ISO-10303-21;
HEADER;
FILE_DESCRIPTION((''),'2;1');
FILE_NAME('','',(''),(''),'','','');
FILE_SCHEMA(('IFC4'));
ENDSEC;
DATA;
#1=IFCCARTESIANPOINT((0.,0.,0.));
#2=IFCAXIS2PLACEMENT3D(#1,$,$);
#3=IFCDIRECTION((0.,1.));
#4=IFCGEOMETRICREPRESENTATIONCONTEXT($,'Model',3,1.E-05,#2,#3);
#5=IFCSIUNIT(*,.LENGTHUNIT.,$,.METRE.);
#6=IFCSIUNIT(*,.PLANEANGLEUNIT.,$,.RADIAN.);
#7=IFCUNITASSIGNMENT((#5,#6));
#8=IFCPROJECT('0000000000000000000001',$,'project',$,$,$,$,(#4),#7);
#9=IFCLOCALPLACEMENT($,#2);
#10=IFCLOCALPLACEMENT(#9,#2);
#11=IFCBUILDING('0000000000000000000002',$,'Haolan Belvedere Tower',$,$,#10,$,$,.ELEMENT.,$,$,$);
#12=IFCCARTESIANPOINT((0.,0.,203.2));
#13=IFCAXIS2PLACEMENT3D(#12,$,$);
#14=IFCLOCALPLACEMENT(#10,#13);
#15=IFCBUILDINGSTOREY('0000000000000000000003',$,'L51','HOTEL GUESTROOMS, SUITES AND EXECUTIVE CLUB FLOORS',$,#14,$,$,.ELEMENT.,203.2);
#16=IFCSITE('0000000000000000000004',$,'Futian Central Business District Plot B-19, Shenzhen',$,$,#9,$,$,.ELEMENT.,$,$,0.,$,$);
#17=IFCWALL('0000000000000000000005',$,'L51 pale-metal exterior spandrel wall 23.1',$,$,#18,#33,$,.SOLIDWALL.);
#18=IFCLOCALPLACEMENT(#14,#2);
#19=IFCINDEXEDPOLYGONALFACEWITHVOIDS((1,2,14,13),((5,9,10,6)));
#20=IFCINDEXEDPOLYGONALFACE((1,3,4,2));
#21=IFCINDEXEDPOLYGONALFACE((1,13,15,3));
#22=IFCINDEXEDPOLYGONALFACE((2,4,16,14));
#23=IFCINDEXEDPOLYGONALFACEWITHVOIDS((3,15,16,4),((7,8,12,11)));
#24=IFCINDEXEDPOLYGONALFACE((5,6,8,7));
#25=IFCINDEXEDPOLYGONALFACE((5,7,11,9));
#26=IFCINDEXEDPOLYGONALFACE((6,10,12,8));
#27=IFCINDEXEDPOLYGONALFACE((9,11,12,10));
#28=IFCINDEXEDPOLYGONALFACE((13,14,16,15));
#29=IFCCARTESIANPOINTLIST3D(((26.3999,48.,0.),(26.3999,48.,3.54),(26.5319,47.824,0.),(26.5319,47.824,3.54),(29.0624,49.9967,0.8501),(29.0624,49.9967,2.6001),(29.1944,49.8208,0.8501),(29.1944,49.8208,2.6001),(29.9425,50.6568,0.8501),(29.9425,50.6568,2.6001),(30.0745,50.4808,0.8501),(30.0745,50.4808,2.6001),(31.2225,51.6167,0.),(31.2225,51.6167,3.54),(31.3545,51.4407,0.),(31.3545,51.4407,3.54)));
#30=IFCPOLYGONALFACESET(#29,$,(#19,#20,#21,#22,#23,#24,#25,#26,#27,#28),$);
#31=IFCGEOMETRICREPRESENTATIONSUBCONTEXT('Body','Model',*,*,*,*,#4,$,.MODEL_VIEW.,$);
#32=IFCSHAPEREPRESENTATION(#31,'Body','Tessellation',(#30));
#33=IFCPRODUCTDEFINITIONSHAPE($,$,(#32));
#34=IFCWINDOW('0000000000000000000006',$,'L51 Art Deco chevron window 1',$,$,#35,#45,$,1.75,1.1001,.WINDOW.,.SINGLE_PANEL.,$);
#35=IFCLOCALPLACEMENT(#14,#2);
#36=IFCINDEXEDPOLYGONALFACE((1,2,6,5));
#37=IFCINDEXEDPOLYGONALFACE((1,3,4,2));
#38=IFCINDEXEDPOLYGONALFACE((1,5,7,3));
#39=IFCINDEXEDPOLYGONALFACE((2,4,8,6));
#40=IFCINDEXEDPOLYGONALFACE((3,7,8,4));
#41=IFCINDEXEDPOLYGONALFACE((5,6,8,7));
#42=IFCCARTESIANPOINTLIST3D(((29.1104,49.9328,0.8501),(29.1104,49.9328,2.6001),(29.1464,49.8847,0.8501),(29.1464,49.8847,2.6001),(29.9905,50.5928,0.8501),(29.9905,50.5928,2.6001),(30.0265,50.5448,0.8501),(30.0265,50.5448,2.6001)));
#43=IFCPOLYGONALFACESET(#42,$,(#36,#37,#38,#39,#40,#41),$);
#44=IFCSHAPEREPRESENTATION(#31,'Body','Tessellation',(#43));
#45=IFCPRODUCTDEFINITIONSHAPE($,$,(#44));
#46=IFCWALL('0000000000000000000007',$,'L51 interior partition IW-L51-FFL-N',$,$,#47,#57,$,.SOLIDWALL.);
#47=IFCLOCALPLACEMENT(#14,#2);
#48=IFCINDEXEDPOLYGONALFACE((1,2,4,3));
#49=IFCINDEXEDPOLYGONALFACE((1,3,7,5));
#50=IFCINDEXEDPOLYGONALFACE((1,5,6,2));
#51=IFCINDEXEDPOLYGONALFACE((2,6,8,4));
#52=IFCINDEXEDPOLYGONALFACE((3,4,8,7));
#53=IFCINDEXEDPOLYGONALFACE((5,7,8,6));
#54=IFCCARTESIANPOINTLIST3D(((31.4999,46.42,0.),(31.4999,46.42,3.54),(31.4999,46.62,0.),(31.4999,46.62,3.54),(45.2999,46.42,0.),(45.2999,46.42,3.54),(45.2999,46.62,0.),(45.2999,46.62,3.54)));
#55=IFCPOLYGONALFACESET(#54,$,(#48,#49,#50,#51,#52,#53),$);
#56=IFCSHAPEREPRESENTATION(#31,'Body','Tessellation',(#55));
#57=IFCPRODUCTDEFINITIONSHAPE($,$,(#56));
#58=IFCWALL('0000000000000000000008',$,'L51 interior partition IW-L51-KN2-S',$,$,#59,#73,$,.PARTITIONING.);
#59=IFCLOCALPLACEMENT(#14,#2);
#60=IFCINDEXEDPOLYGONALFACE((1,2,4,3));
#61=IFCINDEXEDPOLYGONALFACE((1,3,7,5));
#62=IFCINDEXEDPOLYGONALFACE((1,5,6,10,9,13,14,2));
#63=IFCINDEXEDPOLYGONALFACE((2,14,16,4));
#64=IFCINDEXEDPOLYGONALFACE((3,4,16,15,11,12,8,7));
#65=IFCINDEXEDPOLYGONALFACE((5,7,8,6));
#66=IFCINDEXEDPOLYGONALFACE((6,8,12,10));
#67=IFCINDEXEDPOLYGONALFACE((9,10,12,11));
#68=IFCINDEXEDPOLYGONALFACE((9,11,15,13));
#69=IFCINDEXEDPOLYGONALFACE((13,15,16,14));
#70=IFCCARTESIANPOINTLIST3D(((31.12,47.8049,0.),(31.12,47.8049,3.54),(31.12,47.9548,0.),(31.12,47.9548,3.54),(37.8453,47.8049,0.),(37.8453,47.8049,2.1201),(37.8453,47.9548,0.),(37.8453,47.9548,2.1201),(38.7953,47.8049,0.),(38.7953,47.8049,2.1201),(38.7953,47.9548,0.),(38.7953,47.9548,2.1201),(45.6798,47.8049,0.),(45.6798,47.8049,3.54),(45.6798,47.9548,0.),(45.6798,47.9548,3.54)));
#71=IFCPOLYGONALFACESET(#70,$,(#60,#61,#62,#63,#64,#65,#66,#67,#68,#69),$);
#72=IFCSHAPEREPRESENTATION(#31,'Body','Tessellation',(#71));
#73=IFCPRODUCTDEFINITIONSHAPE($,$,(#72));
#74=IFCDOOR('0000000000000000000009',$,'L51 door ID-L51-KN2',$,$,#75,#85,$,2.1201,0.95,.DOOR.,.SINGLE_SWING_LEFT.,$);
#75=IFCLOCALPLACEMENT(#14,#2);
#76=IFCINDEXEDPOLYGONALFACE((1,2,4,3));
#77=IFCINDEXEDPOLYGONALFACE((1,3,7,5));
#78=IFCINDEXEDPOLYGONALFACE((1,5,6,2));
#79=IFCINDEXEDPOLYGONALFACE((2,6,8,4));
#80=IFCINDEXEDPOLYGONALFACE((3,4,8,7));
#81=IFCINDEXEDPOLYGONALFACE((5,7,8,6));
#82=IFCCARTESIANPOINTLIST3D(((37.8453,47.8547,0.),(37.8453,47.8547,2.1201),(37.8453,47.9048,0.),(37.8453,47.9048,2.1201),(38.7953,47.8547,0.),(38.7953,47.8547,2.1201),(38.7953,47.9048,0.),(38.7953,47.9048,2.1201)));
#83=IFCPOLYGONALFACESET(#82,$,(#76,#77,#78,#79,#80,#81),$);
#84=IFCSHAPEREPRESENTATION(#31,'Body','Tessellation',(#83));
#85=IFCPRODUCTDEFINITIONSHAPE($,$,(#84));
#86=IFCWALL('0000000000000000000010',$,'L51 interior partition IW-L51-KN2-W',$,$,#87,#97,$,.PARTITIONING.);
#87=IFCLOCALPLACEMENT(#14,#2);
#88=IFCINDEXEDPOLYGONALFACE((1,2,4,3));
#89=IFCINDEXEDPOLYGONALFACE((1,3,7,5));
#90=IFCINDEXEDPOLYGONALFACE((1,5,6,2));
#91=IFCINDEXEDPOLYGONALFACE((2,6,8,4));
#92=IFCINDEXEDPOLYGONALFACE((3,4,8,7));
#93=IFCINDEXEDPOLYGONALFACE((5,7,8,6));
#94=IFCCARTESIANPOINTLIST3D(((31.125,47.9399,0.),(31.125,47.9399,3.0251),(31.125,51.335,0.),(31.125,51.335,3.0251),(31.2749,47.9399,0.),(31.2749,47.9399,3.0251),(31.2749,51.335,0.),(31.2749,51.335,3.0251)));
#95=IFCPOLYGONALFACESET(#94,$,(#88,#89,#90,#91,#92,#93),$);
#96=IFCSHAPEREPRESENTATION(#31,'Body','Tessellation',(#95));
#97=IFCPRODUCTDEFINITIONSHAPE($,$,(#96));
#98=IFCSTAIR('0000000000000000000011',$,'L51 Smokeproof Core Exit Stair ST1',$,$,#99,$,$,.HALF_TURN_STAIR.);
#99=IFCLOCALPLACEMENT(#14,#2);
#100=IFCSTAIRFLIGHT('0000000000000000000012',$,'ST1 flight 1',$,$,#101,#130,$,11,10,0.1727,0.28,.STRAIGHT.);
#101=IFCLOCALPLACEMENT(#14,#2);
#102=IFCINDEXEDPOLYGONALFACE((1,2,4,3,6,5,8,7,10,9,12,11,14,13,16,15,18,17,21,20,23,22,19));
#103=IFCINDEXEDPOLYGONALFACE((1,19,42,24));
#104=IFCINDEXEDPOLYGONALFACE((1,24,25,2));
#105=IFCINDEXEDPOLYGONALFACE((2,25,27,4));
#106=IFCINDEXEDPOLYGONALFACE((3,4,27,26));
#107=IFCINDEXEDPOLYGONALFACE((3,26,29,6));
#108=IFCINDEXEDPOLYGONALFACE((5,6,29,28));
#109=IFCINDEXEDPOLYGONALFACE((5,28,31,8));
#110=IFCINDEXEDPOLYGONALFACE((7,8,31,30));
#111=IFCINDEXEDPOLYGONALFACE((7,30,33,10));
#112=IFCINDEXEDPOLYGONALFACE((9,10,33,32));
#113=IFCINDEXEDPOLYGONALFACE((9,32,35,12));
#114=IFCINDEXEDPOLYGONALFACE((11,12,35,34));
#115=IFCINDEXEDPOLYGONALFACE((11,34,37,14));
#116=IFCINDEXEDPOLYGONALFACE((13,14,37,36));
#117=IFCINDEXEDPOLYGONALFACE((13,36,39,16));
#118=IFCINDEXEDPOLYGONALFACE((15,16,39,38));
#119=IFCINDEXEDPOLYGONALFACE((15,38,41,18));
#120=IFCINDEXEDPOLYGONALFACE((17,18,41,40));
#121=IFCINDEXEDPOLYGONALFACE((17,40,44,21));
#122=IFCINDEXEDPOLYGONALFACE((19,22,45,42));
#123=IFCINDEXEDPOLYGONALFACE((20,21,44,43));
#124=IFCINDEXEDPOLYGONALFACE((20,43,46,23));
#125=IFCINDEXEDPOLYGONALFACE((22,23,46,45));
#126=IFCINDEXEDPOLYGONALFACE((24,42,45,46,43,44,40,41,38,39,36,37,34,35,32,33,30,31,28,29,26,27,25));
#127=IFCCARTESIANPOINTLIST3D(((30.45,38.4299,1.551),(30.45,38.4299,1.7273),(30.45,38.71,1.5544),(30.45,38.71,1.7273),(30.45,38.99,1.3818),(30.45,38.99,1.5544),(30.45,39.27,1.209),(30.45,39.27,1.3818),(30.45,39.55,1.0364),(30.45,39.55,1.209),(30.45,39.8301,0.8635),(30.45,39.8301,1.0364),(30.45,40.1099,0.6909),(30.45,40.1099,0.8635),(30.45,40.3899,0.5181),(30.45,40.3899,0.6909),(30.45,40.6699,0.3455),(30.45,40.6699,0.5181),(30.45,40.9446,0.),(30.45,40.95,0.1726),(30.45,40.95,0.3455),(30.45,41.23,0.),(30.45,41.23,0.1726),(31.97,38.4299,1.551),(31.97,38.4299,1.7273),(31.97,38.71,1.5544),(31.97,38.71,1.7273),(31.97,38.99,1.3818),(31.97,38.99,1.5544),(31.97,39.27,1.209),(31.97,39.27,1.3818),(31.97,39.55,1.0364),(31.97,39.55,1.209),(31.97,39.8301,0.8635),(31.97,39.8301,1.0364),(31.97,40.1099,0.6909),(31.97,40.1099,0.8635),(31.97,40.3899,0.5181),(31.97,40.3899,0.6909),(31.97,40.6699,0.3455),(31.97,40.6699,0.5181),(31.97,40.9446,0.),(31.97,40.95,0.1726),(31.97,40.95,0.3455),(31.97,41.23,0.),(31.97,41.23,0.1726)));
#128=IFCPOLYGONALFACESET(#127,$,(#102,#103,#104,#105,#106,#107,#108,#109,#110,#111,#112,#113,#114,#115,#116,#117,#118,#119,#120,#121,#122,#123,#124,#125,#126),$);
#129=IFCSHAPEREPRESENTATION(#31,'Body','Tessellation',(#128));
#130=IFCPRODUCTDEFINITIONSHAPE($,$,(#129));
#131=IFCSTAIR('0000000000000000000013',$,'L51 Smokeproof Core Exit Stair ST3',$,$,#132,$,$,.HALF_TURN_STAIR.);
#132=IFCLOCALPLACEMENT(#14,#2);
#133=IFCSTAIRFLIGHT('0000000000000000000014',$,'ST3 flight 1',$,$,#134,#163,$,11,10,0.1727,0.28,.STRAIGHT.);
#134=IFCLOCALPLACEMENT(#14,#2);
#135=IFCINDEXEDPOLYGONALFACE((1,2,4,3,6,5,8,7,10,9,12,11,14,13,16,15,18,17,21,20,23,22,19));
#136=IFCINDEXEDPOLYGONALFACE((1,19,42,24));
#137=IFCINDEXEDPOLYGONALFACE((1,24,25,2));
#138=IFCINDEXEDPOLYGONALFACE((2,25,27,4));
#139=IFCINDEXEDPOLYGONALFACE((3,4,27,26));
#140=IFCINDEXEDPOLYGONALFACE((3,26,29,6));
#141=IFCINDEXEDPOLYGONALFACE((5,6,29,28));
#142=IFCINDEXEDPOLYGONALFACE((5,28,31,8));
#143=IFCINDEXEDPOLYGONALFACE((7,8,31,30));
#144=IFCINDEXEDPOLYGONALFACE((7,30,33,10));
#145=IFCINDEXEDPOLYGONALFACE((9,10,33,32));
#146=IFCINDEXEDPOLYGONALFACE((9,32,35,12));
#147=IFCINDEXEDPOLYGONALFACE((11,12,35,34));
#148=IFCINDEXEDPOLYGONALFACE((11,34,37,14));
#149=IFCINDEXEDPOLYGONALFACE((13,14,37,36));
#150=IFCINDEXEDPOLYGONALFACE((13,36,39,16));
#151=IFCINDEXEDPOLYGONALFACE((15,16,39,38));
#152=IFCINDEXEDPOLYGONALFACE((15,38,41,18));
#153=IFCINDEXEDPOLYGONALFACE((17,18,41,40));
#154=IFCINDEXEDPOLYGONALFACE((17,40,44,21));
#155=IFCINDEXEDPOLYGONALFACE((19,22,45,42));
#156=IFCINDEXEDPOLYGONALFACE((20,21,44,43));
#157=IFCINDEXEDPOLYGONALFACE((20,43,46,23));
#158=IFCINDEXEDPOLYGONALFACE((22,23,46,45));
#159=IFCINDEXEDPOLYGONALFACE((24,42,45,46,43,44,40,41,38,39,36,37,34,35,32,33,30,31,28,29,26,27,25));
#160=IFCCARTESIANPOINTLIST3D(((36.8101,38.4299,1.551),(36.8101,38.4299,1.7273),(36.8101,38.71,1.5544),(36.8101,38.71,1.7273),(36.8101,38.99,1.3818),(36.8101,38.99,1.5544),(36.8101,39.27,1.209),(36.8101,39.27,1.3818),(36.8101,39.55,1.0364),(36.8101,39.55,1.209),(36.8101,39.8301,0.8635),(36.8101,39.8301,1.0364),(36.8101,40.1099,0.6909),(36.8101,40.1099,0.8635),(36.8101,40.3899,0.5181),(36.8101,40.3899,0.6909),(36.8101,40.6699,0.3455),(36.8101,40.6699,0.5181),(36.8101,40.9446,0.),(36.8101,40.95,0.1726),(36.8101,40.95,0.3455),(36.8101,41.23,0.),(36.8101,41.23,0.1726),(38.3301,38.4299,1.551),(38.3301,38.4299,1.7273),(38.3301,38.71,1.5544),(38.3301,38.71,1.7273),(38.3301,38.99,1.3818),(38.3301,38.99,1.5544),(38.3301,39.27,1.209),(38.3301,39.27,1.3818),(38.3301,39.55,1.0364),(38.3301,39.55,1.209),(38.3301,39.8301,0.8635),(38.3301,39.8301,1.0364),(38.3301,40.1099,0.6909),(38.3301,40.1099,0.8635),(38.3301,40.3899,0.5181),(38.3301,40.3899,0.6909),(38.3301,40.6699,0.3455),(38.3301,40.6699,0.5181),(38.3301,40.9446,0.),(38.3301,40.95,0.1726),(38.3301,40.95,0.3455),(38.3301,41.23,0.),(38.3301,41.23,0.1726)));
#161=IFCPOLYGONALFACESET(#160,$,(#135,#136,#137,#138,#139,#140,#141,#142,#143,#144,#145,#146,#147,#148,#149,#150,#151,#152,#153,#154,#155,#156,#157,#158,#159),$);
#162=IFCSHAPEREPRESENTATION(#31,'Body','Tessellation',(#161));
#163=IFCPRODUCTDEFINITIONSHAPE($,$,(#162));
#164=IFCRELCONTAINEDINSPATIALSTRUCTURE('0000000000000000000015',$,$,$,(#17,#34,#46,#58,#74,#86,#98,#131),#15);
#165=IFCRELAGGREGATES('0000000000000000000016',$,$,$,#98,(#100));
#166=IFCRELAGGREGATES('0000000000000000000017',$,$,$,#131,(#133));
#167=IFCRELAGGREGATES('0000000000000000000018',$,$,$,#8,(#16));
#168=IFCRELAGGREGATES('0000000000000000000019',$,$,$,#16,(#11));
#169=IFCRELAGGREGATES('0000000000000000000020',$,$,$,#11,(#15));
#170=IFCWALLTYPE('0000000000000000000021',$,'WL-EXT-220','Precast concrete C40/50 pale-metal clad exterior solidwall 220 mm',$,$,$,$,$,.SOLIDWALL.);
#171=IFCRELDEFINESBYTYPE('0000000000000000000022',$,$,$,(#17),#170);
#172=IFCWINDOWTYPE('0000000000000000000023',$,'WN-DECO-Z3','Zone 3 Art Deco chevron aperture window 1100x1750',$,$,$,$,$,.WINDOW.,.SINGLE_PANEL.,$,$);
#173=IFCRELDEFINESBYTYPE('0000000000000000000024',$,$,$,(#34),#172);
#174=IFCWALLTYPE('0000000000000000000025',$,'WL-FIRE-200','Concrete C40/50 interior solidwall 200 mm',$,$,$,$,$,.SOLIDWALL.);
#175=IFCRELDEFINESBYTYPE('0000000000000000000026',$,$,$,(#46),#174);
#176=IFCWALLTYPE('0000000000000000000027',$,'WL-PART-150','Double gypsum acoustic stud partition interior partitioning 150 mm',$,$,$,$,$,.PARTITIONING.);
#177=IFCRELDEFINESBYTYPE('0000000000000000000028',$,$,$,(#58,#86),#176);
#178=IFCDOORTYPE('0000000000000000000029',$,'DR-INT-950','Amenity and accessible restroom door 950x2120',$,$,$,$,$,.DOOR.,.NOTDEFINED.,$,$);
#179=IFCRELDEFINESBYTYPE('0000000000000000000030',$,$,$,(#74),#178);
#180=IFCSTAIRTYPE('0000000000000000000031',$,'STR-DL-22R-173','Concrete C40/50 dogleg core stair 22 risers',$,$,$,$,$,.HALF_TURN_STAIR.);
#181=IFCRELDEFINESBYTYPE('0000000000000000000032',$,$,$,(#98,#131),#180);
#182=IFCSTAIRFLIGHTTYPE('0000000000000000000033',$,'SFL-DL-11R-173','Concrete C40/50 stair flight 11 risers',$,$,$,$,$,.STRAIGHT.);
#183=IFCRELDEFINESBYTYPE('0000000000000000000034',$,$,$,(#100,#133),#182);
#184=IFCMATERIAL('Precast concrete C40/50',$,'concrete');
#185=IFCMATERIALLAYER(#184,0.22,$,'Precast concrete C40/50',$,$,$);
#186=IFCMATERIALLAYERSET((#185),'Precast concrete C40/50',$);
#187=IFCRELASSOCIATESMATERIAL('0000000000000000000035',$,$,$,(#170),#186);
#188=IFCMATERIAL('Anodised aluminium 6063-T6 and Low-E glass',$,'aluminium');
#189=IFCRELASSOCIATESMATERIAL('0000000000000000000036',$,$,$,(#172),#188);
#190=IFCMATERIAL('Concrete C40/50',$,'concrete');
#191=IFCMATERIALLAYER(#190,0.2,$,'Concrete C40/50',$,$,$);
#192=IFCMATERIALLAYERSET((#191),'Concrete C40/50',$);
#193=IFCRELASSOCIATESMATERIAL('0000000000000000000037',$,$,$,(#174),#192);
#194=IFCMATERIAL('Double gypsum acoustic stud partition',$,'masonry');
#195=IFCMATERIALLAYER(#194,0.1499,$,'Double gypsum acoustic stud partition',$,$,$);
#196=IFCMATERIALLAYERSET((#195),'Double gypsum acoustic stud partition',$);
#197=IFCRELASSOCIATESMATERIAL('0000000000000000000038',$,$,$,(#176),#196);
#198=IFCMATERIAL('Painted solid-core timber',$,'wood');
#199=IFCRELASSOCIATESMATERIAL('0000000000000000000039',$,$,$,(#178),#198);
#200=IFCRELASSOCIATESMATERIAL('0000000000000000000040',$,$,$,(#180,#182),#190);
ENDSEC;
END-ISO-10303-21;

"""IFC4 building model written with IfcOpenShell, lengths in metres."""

from ifc_helpers import new_model, si_unit, direction, frame, frame_2d, origin, place, context, subcontext, project, spatial, polyline, rectangle, outline, extrude, material, layer, layer_set, type_object, element, fill, aggregate, save


model = new_model("IFC4")

# Units and contexts
model_context = context("Model", 3, precision=1e-05, world=origin(), true_north=direction((0.0, 1.0)))
body_context = subcontext(model_context, "Body", "Model", "MODEL_VIEW")
ifc_project = project(units=[si_unit("LENGTHUNIT", "METRE"), si_unit("PLANEANGLEUNIT", "RADIAN")], contexts=[model_context])

# Site, building, storey
site_placement = place(None, origin())
site = spatial("IfcSite", under=ifc_project, at=site_placement, Name="Futian Central Business District Plot B-19, Shenzhen", CompositionType="ELEMENT", RefElevation=0.0)
building_placement = place(site_placement, origin())
building = spatial("IfcBuilding", under=site, at=building_placement, Name="Haolan Belvedere Tower", CompositionType="ELEMENT")
storey_placement = place(building_placement, frame((0.0, 0.0, 203.2)))
storey = spatial("IfcBuildingStorey", under=building, at=storey_placement, Name="L51", Description="HOTEL GUESTROOMS, SUITES AND EXECUTIVE CLUB FLOORS", CompositionType="ELEMENT", Elevation=203.2)

# Wall, opening, window
ifc_material_1 = material(Name="Precast concrete C40/50", Category="concrete")
ifc_layer_1 = layer(ifc_material_1, 0.22, Name="Precast concrete C40/50")
ifc_layer_set_1 = layer_set([ifc_layer_1], Name="Precast concrete C40/50")
wall_type_1 = type_object("IfcWallType", Name="WL-EXT-220", Description="Precast concrete C40/50 pale-metal clad exterior solidwall 220 mm", PredefinedType="SOLIDWALL", material=ifc_layer_set_1)
wall_1_placement = place(storey_placement, frame((31.2886, 51.5288, 0.0), z_axis=(0.0, 0.0, 1.0), x_axis=(-0.800015, -0.599981, 0.0)))
wall_1 = element("IfcWall", 1, at=wall_1_placement, inside=storey, type_object=wall_type_1, Name="L51 pale-metal exterior spandrel wall 23.1", PredefinedType="SOLIDWALL", context=body_context, shape_type="SweptSolid", body=[
    extrude(rectangle(XDim=6.0281, YDim=0.22, at=frame_2d((3.0142, 0.0))), origin(), (0.0, 0.0, 1.0), 3.54),
])
opening_1_placement = place(wall_1_placement, frame((1.6001, 0.0, 0.8501)))
opening_1 = element("IfcOpeningElement", 2, at=opening_1_placement, cuts=wall_1, PredefinedType="OPENING", context=body_context, shape_type="SweptSolid", body=[
    extrude(rectangle(XDim=1.1001, YDim=1.75, at=frame_2d((0.55, 0.875))), frame((0.0, 0.1199, 0.0), z_axis=(0.0, -1.0, 0.0), x_axis=(1.0, 0.0, 0.0)), (0.0, 0.0, 1.0), 0.24),
])
ifc_material_2 = material(Name="Anodised aluminium 6063-T6 and Low-E glass", Category="aluminium")
window_type = type_object("IfcWindowType", Name="WN-DECO-Z3", Description="Zone 3 Art Deco chevron aperture window 1100x1750", PartitioningType="SINGLE_PANEL", PredefinedType="WINDOW", material=ifc_material_2)
window_placement = place(opening_1_placement, origin())
window = element("IfcWindow", 3, at=window_placement, inside=storey, type_object=window_type, Name="L51 Art Deco chevron window 1", OverallHeight=1.75, OverallWidth=1.1001, PartitioningType="SINGLE_PANEL", PredefinedType="WINDOW", context=body_context, shape_type="SweptSolid", body=[
    extrude(rectangle(XDim=1.1001, YDim=1.75, at=frame_2d((0.55, 0.875))), frame((0.0, 0.03, 0.0), z_axis=(0.0, -1.0, 0.0), x_axis=(1.0, 0.0, 0.0)), (0.0, 0.0, 1.0), 0.0601),
])
fill(opening_1, window)

# Wall
ifc_material_3 = material(Name="Concrete C40/50", Category="concrete")
ifc_layer_2 = layer(ifc_material_3, 0.2, Name="Concrete C40/50")
ifc_layer_set_2 = layer_set([ifc_layer_2], Name="Concrete C40/50")
wall_type_2 = type_object("IfcWallType", Name="WL-FIRE-200", Description="Concrete C40/50 interior solidwall 200 mm", PredefinedType="SOLIDWALL", material=ifc_layer_set_2)
wall_2_placement = place(storey_placement, frame((31.5, 46.52, 0.0), z_axis=(0.0, 0.0, 1.0), x_axis=(1.0, 0.0, 0.0)))
element("IfcWall", 4, at=wall_2_placement, inside=storey, type_object=wall_type_2, Name="L51 interior partition IW-L51-FFL-N", PredefinedType="SOLIDWALL", context=body_context, shape_type="SweptSolid", body=[
    extrude(rectangle(XDim=13.8, YDim=0.2, at=frame_2d((6.8999, 0.0))), origin(), (0.0, 0.0, 1.0), 3.54),
])

# Wall, opening, door
ifc_material_4 = material(Name="Double gypsum acoustic stud partition", Category="masonry")
ifc_layer_3 = layer(ifc_material_4, 0.1499, Name="Double gypsum acoustic stud partition")
ifc_layer_set_3 = layer_set([ifc_layer_3], Name="Double gypsum acoustic stud partition")
wall_type_3 = type_object("IfcWallType", Name="WL-PART-150", Description="Double gypsum acoustic stud partition interior partitioning 150 mm", PredefinedType="PARTITIONING", material=ifc_layer_set_3)
wall_3_placement = place(storey_placement, frame((31.1201, 47.8799, 0.0), z_axis=(0.0, 0.0, 1.0), x_axis=(1.0, 0.0, 0.0)))
wall_3 = element("IfcWall", 5, at=wall_3_placement, inside=storey, type_object=wall_type_3, Name="L51 interior partition IW-L51-KN2-S", PredefinedType="PARTITIONING", context=body_context, shape_type="SweptSolid", body=[
    extrude(rectangle(XDim=14.5598, YDim=0.1499, at=frame_2d((7.2798, 0.0))), origin(), (0.0, 0.0, 1.0), 3.54),
])
opening_2_placement = place(wall_3_placement, frame((6.7251, 0.0, 0.0)))
opening_2 = element("IfcOpeningElement", 6, at=opening_2_placement, cuts=wall_3, PredefinedType="OPENING", context=body_context, shape_type="SweptSolid", body=[
    extrude(rectangle(XDim=0.95, YDim=2.1201, at=frame_2d((0.4751, 1.0601))), frame((0.0, 0.085, 0.0), z_axis=(0.0, -1.0, 0.0), x_axis=(1.0, 0.0, 0.0)), (0.0, 0.0, 1.0), 0.1699),
])
ifc_material_5 = material(Name="Painted solid-core timber", Category="wood")
door_type_1 = type_object("IfcDoorType", Name="DR-INT-950", Description="Amenity and accessible restroom door 950x2120", OperationType="NOTDEFINED", PredefinedType="DOOR", material=ifc_material_5)
door_1_placement = place(opening_2_placement, origin())
door_1 = element("IfcDoor", 7, at=door_1_placement, inside=storey, type_object=door_type_1, Name="L51 door ID-L51-KN2", OperationType="SINGLE_SWING_LEFT", OverallHeight=2.1201, OverallWidth=0.95, PredefinedType="DOOR", context=body_context, shape_type="SweptSolid", body=[
    extrude(rectangle(XDim=0.95, YDim=2.1201, at=frame_2d((0.4751, 1.0601))), frame((0.0, 0.0249, 0.0), z_axis=(0.0, -1.0, 0.0), x_axis=(1.0, 0.0, 0.0)), (0.0, 0.0, 1.0), 0.05),
])
fill(opening_2, door_1)

# Wall
wall_4_placement = place(storey_placement, frame((31.2, 47.9399, 0.0), z_axis=(0.0, 0.0, 1.0), x_axis=(0.0, 1.0, 0.0)))
element("IfcWall", 8, at=wall_4_placement, inside=storey, type_object=wall_type_3, Name="L51 interior partition IW-L51-KN2-W", PredefinedType="PARTITIONING", context=body_context, shape_type="SweptSolid", body=[
    extrude(rectangle(XDim=3.395, YDim=0.1499, at=frame_2d((1.6975, 0.0))), origin(), (0.0, 0.0, 1.0), 3.0251),
])

# Stairs, stair flights
stair_type = type_object("IfcStairType", Name="STR-DL-22R-173", Description="Concrete C40/50 dogleg core stair 22 risers", PredefinedType="HALF_TURN_STAIR", material=ifc_material_3)
stair_1_placement = place(storey_placement, origin())
stair_1 = element("IfcStair", 9, at=stair_1_placement, inside=storey, type_object=stair_type, Name="L51 Smokeproof Core Exit Stair ST1", PredefinedType="HALF_TURN_STAIR")
stair_flight_type = type_object("IfcStairFlightType", Name="SFL-DL-11R-173", Description="Concrete C40/50 stair flight 11 risers", PredefinedType="STRAIGHT", material=ifc_material_3)
stair_flight_1_placement = place(storey_placement, frame((31.21, 41.23, 0.0), z_axis=(0.0, 0.0, 1.0), x_axis=(0.0, -1.0, 0.0)))
stair_flight_1 = element("IfcStairFlight", 10, at=stair_flight_1_placement, type_object=stair_flight_type, Name="ST1 flight 1", NumberOfRisers=11, NumberOfTreads=10, PredefinedType="STRAIGHT", RiserHeight=0.1727, TreadLength=0.28, context=body_context, shape_type="SweptSolid", body=[
    extrude(outline(polyline([(0.0, 0.0), (0.0, 0.1726), (0.28, 0.1726), (0.28, 0.3455), (0.5601, 0.3455), (0.5601, 0.5181), (0.8401, 0.5181), (0.8401, 0.6909), (1.1201, 0.6909), (1.1201, 0.8635), (1.3999, 0.8635), (1.3999, 1.0364), (1.6799, 1.0364), (1.6799, 1.209), (1.96, 1.209), (1.96, 1.3818), (2.24, 1.3818), (2.24, 1.5544), (2.52, 1.5544), (2.52, 1.7273), (2.8, 1.7273), (2.8, 1.8999), (2.8, 1.551), (0.2854, 0.0), (0.0, 0.0)])), frame((0.0, 0.76, 0.0), z_axis=(0.0, -1.0, 0.0), x_axis=(1.0, 0.0, 0.0)), (0.0, 0.0, 1.0), 1.52),
])
aggregate(stair_1, [stair_flight_1])
stair_2_placement = place(storey_placement, origin())
stair_2 = element("IfcStair", 11, at=stair_2_placement, inside=storey, type_object=stair_type, Name="L51 Smokeproof Core Exit Stair ST3", PredefinedType="HALF_TURN_STAIR")
stair_flight_2_placement = place(storey_placement, frame((37.5701, 41.23, 0.0), z_axis=(0.0, 0.0, 1.0), x_axis=(0.0, -1.0, 0.0)))
stair_flight_2 = element("IfcStairFlight", 12, at=stair_flight_2_placement, type_object=stair_flight_type, Name="ST3 flight 1", NumberOfRisers=11, NumberOfTreads=10, PredefinedType="STRAIGHT", RiserHeight=0.1727, TreadLength=0.28, context=body_context, shape_type="SweptSolid", body=[
    extrude(outline(polyline([(0.0, 0.0), (0.0, 0.1726), (0.28, 0.1726), (0.28, 0.3455), (0.5601, 0.3455), (0.5601, 0.5181), (0.8401, 0.5181), (0.8401, 0.6909), (1.1201, 0.6909), (1.1201, 0.8635), (1.3999, 0.8635), (1.3999, 1.0364), (1.6799, 1.0364), (1.6799, 1.209), (1.96, 1.209), (1.96, 1.3818), (2.24, 1.3818), (2.24, 1.5544), (2.52, 1.5544), (2.52, 1.7273), (2.8, 1.7273), (2.8, 1.8999), (2.8, 1.551), (0.2854, 0.0), (0.0, 0.0)])), frame((0.0, 0.76, 0.0), z_axis=(0.0, -1.0, 0.0), x_axis=(1.0, 0.0, 0.0)), (0.0, 0.0, 1.0), 1.52),
])
aggregate(stair_2, [stair_flight_2])

save(model, "model.ifc")
